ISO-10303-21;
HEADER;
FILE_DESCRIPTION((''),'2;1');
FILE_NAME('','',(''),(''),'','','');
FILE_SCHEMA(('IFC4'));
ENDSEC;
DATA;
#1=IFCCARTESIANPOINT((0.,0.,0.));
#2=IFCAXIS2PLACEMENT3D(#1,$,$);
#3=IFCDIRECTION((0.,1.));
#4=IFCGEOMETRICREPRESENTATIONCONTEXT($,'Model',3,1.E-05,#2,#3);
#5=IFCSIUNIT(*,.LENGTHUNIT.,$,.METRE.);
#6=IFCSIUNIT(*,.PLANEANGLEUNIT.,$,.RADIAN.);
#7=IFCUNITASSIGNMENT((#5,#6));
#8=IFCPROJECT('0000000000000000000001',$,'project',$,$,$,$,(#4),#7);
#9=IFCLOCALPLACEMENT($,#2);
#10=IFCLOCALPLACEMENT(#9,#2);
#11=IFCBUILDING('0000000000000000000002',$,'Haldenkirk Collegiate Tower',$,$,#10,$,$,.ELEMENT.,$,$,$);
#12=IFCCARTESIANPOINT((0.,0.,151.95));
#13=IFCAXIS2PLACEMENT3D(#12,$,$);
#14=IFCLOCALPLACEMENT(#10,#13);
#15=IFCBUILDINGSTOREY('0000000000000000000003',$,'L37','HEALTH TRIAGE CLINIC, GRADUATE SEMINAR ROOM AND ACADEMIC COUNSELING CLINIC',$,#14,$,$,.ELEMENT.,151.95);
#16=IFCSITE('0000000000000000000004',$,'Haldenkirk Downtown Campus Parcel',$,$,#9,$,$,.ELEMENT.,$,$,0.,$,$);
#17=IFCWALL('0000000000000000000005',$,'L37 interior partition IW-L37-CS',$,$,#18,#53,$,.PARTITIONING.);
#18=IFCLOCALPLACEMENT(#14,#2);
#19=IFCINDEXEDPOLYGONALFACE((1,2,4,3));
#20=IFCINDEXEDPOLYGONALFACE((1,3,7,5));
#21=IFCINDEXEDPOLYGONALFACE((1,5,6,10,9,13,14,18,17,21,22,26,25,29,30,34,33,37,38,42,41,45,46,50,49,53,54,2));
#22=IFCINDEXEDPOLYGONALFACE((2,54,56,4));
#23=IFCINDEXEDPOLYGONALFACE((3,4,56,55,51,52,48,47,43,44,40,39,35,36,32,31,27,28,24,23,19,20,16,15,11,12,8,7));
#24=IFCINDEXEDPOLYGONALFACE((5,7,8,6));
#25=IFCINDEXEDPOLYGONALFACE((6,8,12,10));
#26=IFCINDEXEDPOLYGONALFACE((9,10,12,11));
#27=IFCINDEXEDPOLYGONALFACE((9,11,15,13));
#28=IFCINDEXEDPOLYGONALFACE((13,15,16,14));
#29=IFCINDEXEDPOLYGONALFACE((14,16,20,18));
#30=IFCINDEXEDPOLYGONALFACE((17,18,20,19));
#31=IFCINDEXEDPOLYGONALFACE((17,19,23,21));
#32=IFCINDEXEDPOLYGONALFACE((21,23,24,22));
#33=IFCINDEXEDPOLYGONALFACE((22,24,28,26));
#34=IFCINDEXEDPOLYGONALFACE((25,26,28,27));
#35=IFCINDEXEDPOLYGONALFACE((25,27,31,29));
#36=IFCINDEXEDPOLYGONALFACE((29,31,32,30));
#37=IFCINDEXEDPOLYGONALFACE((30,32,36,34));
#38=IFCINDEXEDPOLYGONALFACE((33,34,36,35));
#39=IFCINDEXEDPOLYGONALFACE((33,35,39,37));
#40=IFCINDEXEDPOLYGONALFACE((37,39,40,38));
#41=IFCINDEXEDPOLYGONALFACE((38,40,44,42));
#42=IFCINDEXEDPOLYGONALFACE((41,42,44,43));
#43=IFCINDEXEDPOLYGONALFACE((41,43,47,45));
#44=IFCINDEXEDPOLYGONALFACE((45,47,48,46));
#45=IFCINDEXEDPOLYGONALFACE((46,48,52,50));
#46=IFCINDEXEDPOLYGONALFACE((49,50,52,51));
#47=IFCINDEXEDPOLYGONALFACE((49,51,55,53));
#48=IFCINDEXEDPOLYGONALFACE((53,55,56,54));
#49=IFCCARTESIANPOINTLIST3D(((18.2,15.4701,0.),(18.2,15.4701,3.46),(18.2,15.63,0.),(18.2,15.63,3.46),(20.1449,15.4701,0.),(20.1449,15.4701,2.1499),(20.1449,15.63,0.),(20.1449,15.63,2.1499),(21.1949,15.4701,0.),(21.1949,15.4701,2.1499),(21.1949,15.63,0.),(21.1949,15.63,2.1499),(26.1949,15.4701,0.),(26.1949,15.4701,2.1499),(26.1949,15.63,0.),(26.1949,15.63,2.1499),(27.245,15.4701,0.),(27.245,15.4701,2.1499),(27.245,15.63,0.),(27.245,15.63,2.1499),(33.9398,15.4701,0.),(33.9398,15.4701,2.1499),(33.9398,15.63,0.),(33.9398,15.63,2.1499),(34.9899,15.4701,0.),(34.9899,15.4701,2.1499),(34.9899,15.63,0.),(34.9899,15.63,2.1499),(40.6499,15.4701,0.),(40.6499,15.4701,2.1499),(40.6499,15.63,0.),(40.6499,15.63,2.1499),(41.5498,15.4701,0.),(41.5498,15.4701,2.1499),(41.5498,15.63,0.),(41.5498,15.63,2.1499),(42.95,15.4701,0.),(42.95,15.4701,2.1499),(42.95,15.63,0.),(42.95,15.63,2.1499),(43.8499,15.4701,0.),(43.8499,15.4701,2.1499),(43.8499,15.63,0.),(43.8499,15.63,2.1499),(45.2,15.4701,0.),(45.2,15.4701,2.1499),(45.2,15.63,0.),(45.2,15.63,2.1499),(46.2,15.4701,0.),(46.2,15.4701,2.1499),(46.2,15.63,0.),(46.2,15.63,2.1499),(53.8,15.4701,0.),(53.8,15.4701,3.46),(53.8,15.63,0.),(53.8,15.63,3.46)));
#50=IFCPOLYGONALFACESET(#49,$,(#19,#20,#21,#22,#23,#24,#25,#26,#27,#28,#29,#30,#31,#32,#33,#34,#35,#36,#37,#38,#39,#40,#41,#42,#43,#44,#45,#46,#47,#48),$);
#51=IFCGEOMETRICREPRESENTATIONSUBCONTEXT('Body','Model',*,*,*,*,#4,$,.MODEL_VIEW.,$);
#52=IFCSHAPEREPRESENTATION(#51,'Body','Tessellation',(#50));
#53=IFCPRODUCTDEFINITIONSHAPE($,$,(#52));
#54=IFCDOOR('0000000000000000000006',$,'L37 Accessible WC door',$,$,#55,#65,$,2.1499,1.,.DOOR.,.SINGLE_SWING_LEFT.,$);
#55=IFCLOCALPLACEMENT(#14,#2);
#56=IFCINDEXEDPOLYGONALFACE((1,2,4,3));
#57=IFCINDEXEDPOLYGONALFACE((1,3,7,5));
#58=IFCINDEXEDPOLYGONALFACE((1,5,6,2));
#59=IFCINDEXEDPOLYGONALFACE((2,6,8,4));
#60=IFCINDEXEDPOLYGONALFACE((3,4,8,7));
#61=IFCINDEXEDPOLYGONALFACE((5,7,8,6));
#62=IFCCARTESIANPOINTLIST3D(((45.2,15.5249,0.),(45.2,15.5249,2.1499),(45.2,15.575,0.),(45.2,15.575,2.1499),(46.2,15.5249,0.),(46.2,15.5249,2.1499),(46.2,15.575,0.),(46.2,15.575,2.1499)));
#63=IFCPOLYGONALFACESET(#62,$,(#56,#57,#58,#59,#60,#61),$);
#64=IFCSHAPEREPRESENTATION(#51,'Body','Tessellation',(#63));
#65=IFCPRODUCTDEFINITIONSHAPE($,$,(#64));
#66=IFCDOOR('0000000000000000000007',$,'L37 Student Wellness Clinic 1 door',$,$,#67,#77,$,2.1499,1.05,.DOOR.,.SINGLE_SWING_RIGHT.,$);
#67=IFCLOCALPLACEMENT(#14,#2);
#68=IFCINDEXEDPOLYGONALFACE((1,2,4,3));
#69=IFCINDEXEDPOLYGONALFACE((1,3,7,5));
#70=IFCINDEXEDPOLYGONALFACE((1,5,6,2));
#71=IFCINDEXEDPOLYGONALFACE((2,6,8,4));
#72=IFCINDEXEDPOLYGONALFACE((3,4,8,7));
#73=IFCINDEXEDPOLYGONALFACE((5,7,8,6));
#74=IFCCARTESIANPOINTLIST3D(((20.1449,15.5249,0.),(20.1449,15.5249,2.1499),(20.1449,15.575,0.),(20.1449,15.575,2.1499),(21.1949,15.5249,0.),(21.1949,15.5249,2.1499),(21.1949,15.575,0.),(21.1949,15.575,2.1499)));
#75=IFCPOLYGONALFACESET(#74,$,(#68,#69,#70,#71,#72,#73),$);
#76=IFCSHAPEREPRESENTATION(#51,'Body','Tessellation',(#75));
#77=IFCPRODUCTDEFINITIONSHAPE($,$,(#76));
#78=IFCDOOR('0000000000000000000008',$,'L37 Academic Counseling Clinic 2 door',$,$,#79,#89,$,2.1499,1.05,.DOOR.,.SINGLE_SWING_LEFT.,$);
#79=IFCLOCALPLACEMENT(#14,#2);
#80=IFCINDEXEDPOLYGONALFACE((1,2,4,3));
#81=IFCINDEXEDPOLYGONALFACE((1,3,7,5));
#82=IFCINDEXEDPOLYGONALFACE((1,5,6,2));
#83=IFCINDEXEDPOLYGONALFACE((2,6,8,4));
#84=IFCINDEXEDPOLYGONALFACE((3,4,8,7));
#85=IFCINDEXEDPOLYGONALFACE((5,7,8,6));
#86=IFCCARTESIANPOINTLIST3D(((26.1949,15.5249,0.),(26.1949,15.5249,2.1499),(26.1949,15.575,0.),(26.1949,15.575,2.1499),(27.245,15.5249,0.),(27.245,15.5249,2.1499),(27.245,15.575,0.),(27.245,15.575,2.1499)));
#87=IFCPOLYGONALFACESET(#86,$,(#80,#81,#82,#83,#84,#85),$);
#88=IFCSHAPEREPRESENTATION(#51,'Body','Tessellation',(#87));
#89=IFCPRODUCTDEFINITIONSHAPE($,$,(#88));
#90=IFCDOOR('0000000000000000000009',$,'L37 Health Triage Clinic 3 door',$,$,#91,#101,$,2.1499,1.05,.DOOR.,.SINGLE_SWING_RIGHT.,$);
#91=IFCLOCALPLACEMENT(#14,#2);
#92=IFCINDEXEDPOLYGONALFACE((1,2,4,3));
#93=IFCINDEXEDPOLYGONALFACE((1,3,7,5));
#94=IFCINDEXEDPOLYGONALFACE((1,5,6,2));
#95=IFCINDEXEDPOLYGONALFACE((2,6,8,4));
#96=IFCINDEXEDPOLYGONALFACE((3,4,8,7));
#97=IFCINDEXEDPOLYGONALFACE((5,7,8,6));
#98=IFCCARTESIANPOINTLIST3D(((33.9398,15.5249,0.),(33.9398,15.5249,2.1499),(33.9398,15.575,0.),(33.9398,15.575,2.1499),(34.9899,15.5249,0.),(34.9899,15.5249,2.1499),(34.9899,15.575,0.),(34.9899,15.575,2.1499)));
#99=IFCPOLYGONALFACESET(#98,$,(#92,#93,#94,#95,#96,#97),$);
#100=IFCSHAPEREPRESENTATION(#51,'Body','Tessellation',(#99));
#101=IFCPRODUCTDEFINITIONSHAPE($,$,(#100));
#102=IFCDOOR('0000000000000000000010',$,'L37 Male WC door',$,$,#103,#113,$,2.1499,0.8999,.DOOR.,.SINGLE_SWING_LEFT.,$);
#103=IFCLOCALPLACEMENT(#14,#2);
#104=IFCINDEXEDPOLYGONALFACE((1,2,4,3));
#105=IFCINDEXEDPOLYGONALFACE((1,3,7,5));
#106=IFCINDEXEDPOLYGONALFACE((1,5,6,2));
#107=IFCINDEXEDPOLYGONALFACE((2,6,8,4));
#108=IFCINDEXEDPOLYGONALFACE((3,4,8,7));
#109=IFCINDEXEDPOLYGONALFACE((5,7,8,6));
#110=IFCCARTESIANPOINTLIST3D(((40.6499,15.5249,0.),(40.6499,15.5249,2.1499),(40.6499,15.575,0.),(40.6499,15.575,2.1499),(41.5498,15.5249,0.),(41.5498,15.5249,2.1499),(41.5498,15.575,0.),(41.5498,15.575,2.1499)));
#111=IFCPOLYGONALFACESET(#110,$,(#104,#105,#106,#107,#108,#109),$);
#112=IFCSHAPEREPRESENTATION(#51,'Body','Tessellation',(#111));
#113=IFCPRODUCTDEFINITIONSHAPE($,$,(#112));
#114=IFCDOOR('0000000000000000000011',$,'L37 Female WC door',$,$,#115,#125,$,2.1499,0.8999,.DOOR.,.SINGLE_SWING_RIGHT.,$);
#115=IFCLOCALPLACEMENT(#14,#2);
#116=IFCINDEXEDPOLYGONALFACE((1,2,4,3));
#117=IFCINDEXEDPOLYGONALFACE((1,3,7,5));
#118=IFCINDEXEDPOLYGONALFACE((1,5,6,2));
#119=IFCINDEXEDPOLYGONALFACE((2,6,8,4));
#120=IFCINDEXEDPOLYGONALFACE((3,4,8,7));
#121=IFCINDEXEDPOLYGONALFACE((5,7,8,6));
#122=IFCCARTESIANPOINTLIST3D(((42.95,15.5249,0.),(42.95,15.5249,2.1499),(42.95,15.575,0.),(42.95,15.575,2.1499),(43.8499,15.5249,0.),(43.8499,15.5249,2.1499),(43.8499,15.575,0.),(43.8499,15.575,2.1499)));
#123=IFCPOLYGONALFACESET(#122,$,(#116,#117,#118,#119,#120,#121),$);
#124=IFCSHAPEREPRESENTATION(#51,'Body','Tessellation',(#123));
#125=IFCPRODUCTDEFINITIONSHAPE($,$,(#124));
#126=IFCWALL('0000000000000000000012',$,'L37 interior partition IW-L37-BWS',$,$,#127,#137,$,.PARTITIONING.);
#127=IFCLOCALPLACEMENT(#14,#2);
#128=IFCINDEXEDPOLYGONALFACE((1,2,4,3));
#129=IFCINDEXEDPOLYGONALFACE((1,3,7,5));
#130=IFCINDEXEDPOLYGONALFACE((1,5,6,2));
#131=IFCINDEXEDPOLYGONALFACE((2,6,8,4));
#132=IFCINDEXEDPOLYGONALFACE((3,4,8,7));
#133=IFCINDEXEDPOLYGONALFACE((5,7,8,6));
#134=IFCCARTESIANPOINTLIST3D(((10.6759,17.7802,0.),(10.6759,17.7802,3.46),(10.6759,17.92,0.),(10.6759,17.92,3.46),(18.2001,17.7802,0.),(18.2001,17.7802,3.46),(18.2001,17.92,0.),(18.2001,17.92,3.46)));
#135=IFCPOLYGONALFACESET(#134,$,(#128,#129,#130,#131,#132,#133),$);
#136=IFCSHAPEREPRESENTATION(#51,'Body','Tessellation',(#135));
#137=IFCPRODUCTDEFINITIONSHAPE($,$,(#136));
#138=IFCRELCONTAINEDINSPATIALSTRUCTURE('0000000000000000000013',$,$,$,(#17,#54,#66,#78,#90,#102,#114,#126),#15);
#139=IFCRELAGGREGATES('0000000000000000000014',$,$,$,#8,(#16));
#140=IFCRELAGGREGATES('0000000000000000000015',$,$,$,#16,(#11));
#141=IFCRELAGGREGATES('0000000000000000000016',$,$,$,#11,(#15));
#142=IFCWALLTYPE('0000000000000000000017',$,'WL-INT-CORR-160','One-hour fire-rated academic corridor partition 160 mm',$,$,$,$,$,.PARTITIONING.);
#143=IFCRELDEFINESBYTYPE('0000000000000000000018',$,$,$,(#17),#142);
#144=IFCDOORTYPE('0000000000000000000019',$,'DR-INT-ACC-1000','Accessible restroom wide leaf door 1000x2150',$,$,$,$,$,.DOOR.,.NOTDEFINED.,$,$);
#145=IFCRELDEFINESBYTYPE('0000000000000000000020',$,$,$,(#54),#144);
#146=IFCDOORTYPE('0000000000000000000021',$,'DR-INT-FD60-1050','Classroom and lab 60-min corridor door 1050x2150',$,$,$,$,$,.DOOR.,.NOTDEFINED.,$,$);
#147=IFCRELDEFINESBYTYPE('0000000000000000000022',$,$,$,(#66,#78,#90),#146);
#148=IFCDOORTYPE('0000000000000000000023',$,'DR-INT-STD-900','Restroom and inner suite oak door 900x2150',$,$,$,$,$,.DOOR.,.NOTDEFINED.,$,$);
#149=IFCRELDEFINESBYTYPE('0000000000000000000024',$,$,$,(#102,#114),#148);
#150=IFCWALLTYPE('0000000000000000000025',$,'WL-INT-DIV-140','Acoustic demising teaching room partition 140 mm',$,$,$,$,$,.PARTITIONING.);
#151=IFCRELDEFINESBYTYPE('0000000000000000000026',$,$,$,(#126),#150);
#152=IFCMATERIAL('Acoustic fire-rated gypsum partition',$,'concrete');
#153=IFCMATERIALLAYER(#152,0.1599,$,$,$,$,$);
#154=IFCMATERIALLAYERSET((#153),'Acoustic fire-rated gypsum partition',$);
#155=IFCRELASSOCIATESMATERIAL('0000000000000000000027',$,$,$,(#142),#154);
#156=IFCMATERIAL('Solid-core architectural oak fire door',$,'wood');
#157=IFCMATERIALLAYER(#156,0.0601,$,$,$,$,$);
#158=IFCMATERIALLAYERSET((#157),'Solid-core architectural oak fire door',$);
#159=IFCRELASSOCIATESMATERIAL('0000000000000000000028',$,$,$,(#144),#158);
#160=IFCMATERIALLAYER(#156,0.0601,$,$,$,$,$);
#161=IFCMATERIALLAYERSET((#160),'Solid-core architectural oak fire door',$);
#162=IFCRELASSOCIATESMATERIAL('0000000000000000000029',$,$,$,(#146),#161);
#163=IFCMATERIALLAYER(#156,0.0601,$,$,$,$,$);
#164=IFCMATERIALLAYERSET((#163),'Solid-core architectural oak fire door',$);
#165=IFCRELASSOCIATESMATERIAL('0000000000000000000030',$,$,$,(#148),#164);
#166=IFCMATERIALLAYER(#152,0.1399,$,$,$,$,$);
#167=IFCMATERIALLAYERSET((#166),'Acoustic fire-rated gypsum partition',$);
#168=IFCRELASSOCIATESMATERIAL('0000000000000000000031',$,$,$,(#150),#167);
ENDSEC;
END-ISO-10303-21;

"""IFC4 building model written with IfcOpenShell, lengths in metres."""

from ifc_helpers import new_model, si_unit, direction, frame, frame_2d, origin, place, context, subcontext, project, spatial, rectangle, extrude, material, layer, layer_set, type_object, element, fill, save


model = new_model("IFC4")

# Units and contexts
model_context = context("Model", 3, precision=1e-05, world=origin(), true_north=direction((0.0, 1.0)))
body_context = subcontext(model_context, "Body", "Model", "MODEL_VIEW")
ifc_project = project(units=[si_unit("LENGTHUNIT", "METRE"), si_unit("PLANEANGLEUNIT", "RADIAN")], contexts=[model_context])

# Site, building, storey
site_placement = place(None, origin())
site = spatial("IfcSite", under=ifc_project, at=site_placement, Name="Haldenkirk Downtown Campus Parcel", CompositionType="ELEMENT", RefElevation=0.0)
building_placement = place(site_placement, origin())
building = spatial("IfcBuilding", under=site, at=building_placement, Name="Haldenkirk Collegiate Tower", CompositionType="ELEMENT")
storey_placement = place(building_placement, frame((0.0, 0.0, 151.95)))
storey = spatial("IfcBuildingStorey", under=building, at=storey_placement, Name="L37", Description="HEALTH TRIAGE CLINIC, GRADUATE SEMINAR ROOM AND ACADEMIC COUNSELING CLINIC", CompositionType="ELEMENT", Elevation=151.95)

# Wall, openings, doors
ifc_material_1 = material(Name="Acoustic fire-rated gypsum partition", Category="concrete")
ifc_layer_1 = layer(ifc_material_1, 0.1599)
ifc_layer_set_1 = layer_set([ifc_layer_1], Name="Acoustic fire-rated gypsum partition")
wall_type_1 = type_object("IfcWallType", Name="WL-INT-CORR-160", Description="One-hour fire-rated academic corridor partition 160 mm", PredefinedType="PARTITIONING", material=ifc_layer_set_1)
wall_1_placement = place(storey_placement, frame((18.2, 15.55, 0.0), z_axis=(0.0, 0.0, 1.0), x_axis=(1.0, 0.0, 0.0)))
wall_1 = element("IfcWall", 1, at=wall_1_placement, inside=storey, type_object=wall_type_1, Name="L37 interior partition IW-L37-CS", PredefinedType="PARTITIONING", context=body_context, shape_type="SweptSolid", body=[
    extrude(rectangle(XDim=35.6001, YDim=0.1599, at=frame_2d((17.8, 0.0))), origin(), (0.0, 0.0, 1.0), 3.46),
])
opening_1_placement = place(wall_1_placement, frame((22.45, 0.0, 0.0)))
opening_1 = element("IfcOpeningElement", 2, at=opening_1_placement, cuts=wall_1, PredefinedType="OPENING", context=body_context, shape_type="SweptSolid", body=[
    extrude(rectangle(XDim=0.8999, YDim=2.1499, at=frame_2d((0.45, 1.075))), frame((0.0, 0.0898, 0.0), z_axis=(0.0, -1.0, 0.0), x_axis=(1.0, 0.0, 0.0)), (0.0, 0.0, 1.0), 0.1799),
])
opening_2_placement = place(wall_1_placement, frame((24.75, 0.0, 0.0)))
opening_2 = element("IfcOpeningElement", 3, at=opening_2_placement, cuts=wall_1, PredefinedType="OPENING", context=body_context, shape_type="SweptSolid", body=[
    extrude(rectangle(XDim=0.8999, YDim=2.1499, at=frame_2d((0.45, 1.075))), frame((0.0, 0.0898, 0.0), z_axis=(0.0, -1.0, 0.0), x_axis=(1.0, 0.0, 0.0)), (0.0, 0.0, 1.0), 0.1799),
])
opening_3_placement = place(wall_1_placement, frame((27.0, 0.0, 0.0)))
opening_3 = element("IfcOpeningElement", 4, at=opening_3_placement, cuts=wall_1, PredefinedType="OPENING", context=body_context, shape_type="SweptSolid", body=[
    extrude(rectangle(XDim=1.0, YDim=2.1499, at=frame_2d((0.5, 1.075))), frame((0.0, 0.0898, 0.0), z_axis=(0.0, -1.0, 0.0), x_axis=(1.0, 0.0, 0.0)), (0.0, 0.0, 1.0), 0.1799),
])
opening_4_placement = place(wall_1_placement, frame((1.9451, 0.0, 0.0)))
opening_4 = element("IfcOpeningElement", 5, at=opening_4_placement, cuts=wall_1, PredefinedType="OPENING", context=body_context, shape_type="SweptSolid", body=[
    extrude(rectangle(XDim=1.05, YDim=2.1499, at=frame_2d((0.5249, 1.075))), frame((0.0, 0.0898, 0.0), z_axis=(0.0, -1.0, 0.0), x_axis=(1.0, 0.0, 0.0)), (0.0, 0.0, 1.0), 0.1799),
])
opening_5_placement = place(wall_1_placement, frame((7.9951, 0.0, 0.0)))
opening_5 = element("IfcOpeningElement", 6, at=opening_5_placement, cuts=wall_1, PredefinedType="OPENING", context=body_context, shape_type="SweptSolid", body=[
    extrude(rectangle(XDim=1.05, YDim=2.1499, at=frame_2d((0.5249, 1.075))), frame((0.0, 0.0898, 0.0), z_axis=(0.0, -1.0, 0.0), x_axis=(1.0, 0.0, 0.0)), (0.0, 0.0, 1.0), 0.1799),
])
opening_6_placement = place(wall_1_placement, frame((15.74, 0.0, 0.0)))
opening_6 = element("IfcOpeningElement", 7, at=opening_6_placement, cuts=wall_1, PredefinedType="OPENING", context=body_context, shape_type="SweptSolid", body=[
    extrude(rectangle(XDim=1.05, YDim=2.1499, at=frame_2d((0.5249, 1.075))), frame((0.0, 0.0898, 0.0), z_axis=(0.0, -1.0, 0.0), x_axis=(1.0, 0.0, 0.0)), (0.0, 0.0, 1.0), 0.1799),
])
ifc_material_2 = material(Name="Solid-core architectural oak fire door", Category="wood")
ifc_layer_2 = layer(ifc_material_2, 0.0601)
ifc_layer_set_2 = layer_set([ifc_layer_2], Name="Solid-core architectural oak fire door")
door_type_1 = type_object("IfcDoorType", Name="DR-INT-ACC-1000", Description="Accessible restroom wide leaf door 1000x2150", OperationType="NOTDEFINED", PredefinedType="DOOR", material=ifc_layer_set_2)
door_1_placement = place(opening_3_placement, origin())
door_1 = element("IfcDoor", 8, at=door_1_placement, inside=storey, type_object=door_type_1, Name="L37 Accessible WC door", OperationType="SINGLE_SWING_LEFT", OverallHeight=2.1499, OverallWidth=1.0, PredefinedType="DOOR", context=body_context, shape_type="SweptSolid", body=[
    extrude(rectangle(XDim=1.0, YDim=2.1499, at=frame_2d((0.5, 1.075))), frame((0.0, 0.0249, 0.0), z_axis=(0.0, -1.0, 0.0), x_axis=(1.0, 0.0, 0.0)), (0.0, 0.0, 1.0), 0.05),
])
fill(opening_3, door_1)
ifc_layer_3 = layer(ifc_material_2, 0.0601)
ifc_layer_set_3 = layer_set([ifc_layer_3], Name="Solid-core architectural oak fire door")
door_type_2 = type_object("IfcDoorType", Name="DR-INT-FD60-1050", Description="Classroom and lab 60-min corridor door 1050x2150", OperationType="NOTDEFINED", PredefinedType="DOOR", material=ifc_layer_set_3)
door_2_placement = place(opening_4_placement, origin())
door_2 = element("IfcDoor", 9, at=door_2_placement, inside=storey, type_object=door_type_2, Name="L37 Student Wellness Clinic 1 door", OperationType="SINGLE_SWING_RIGHT", OverallHeight=2.1499, OverallWidth=1.05, PredefinedType="DOOR", context=body_context, shape_type="SweptSolid", body=[
    extrude(rectangle(XDim=1.05, YDim=2.1499, at=frame_2d((0.5249, 1.075))), frame((0.0, 0.0249, 0.0), z_axis=(0.0, -1.0, 0.0), x_axis=(1.0, 0.0, 0.0)), (0.0, 0.0, 1.0), 0.05),
])
fill(opening_4, door_2)
door_3_placement = place(opening_5_placement, origin())
door_3 = element("IfcDoor", 10, at=door_3_placement, inside=storey, type_object=door_type_2, Name="L37 Academic Counseling Clinic 2 door", OperationType="SINGLE_SWING_LEFT", OverallHeight=2.1499, OverallWidth=1.05, PredefinedType="DOOR", context=body_context, shape_type="SweptSolid", body=[
    extrude(rectangle(XDim=1.05, YDim=2.1499, at=frame_2d((0.5249, 1.075))), frame((0.0, 0.0249, 0.0), z_axis=(0.0, -1.0, 0.0), x_axis=(1.0, 0.0, 0.0)), (0.0, 0.0, 1.0), 0.05),
])
fill(opening_5, door_3)
door_4_placement = place(opening_6_placement, origin())
door_4 = element("IfcDoor", 11, at=door_4_placement, inside=storey, type_object=door_type_2, Name="L37 Health Triage Clinic 3 door", OperationType="SINGLE_SWING_RIGHT", OverallHeight=2.1499, OverallWidth=1.05, PredefinedType="DOOR", context=body_context, shape_type="SweptSolid", body=[
    extrude(rectangle(XDim=1.05, YDim=2.1499, at=frame_2d((0.5249, 1.075))), frame((0.0, 0.0249, 0.0), z_axis=(0.0, -1.0, 0.0), x_axis=(1.0, 0.0, 0.0)), (0.0, 0.0, 1.0), 0.05),
])
fill(opening_6, door_4)
ifc_layer_4 = layer(ifc_material_2, 0.0601)
ifc_layer_set_4 = layer_set([ifc_layer_4], Name="Solid-core architectural oak fire door")
door_type_3 = type_object("IfcDoorType", Name="DR-INT-STD-900", Description="Restroom and inner suite oak door 900x2150", OperationType="NOTDEFINED", PredefinedType="DOOR", material=ifc_layer_set_4)
door_5_placement = place(opening_1_placement, origin())
door_5 = element("IfcDoor", 12, at=door_5_placement, inside=storey, type_object=door_type_3, Name="L37 Male WC door", OperationType="SINGLE_SWING_LEFT", OverallHeight=2.1499, OverallWidth=0.8999, PredefinedType="DOOR", context=body_context, shape_type="SweptSolid", body=[
    extrude(rectangle(XDim=0.8999, YDim=2.1499, at=frame_2d((0.45, 1.075))), frame((0.0, 0.0249, 0.0), z_axis=(0.0, -1.0, 0.0), x_axis=(1.0, 0.0, 0.0)), (0.0, 0.0, 1.0), 0.05),
])
fill(opening_1, door_5)
door_6_placement = place(opening_2_placement, origin())
door_6 = element("IfcDoor", 13, at=door_6_placement, inside=storey, type_object=door_type_3, Name="L37 Female WC door", OperationType="SINGLE_SWING_RIGHT", OverallHeight=2.1499, OverallWidth=0.8999, PredefinedType="DOOR", context=body_context, shape_type="SweptSolid", body=[
    extrude(rectangle(XDim=0.8999, YDim=2.1499, at=frame_2d((0.45, 1.075))), frame((0.0, 0.0249, 0.0), z_axis=(0.0, -1.0, 0.0), x_axis=(1.0, 0.0, 0.0)), (0.0, 0.0, 1.0), 0.05),
])
fill(opening_2, door_6)

# Wall
ifc_layer_5 = layer(ifc_material_1, 0.1399)
ifc_layer_set_5 = layer_set([ifc_layer_5], Name="Acoustic fire-rated gypsum partition")
wall_type_2 = type_object("IfcWallType", Name="WL-INT-DIV-140", Description="Acoustic demising teaching room partition 140 mm", PredefinedType="PARTITIONING", material=ifc_layer_set_5)
wall_2_placement = place(storey_placement, frame((10.6758, 17.8501, 0.0), z_axis=(0.0, 0.0, 1.0), x_axis=(1.0, 0.0, 0.0)))
element("IfcWall", 14, at=wall_2_placement, inside=storey, type_object=wall_type_2, Name="L37 interior partition IW-L37-BWS", PredefinedType="PARTITIONING", context=body_context, shape_type="SweptSolid", body=[
    extrude(rectangle(XDim=7.5242, YDim=0.1399, at=frame_2d((3.7622, 0.0))), origin(), (0.0, 0.0, 1.0), 3.46),
])

save(model, "model.ifc")
